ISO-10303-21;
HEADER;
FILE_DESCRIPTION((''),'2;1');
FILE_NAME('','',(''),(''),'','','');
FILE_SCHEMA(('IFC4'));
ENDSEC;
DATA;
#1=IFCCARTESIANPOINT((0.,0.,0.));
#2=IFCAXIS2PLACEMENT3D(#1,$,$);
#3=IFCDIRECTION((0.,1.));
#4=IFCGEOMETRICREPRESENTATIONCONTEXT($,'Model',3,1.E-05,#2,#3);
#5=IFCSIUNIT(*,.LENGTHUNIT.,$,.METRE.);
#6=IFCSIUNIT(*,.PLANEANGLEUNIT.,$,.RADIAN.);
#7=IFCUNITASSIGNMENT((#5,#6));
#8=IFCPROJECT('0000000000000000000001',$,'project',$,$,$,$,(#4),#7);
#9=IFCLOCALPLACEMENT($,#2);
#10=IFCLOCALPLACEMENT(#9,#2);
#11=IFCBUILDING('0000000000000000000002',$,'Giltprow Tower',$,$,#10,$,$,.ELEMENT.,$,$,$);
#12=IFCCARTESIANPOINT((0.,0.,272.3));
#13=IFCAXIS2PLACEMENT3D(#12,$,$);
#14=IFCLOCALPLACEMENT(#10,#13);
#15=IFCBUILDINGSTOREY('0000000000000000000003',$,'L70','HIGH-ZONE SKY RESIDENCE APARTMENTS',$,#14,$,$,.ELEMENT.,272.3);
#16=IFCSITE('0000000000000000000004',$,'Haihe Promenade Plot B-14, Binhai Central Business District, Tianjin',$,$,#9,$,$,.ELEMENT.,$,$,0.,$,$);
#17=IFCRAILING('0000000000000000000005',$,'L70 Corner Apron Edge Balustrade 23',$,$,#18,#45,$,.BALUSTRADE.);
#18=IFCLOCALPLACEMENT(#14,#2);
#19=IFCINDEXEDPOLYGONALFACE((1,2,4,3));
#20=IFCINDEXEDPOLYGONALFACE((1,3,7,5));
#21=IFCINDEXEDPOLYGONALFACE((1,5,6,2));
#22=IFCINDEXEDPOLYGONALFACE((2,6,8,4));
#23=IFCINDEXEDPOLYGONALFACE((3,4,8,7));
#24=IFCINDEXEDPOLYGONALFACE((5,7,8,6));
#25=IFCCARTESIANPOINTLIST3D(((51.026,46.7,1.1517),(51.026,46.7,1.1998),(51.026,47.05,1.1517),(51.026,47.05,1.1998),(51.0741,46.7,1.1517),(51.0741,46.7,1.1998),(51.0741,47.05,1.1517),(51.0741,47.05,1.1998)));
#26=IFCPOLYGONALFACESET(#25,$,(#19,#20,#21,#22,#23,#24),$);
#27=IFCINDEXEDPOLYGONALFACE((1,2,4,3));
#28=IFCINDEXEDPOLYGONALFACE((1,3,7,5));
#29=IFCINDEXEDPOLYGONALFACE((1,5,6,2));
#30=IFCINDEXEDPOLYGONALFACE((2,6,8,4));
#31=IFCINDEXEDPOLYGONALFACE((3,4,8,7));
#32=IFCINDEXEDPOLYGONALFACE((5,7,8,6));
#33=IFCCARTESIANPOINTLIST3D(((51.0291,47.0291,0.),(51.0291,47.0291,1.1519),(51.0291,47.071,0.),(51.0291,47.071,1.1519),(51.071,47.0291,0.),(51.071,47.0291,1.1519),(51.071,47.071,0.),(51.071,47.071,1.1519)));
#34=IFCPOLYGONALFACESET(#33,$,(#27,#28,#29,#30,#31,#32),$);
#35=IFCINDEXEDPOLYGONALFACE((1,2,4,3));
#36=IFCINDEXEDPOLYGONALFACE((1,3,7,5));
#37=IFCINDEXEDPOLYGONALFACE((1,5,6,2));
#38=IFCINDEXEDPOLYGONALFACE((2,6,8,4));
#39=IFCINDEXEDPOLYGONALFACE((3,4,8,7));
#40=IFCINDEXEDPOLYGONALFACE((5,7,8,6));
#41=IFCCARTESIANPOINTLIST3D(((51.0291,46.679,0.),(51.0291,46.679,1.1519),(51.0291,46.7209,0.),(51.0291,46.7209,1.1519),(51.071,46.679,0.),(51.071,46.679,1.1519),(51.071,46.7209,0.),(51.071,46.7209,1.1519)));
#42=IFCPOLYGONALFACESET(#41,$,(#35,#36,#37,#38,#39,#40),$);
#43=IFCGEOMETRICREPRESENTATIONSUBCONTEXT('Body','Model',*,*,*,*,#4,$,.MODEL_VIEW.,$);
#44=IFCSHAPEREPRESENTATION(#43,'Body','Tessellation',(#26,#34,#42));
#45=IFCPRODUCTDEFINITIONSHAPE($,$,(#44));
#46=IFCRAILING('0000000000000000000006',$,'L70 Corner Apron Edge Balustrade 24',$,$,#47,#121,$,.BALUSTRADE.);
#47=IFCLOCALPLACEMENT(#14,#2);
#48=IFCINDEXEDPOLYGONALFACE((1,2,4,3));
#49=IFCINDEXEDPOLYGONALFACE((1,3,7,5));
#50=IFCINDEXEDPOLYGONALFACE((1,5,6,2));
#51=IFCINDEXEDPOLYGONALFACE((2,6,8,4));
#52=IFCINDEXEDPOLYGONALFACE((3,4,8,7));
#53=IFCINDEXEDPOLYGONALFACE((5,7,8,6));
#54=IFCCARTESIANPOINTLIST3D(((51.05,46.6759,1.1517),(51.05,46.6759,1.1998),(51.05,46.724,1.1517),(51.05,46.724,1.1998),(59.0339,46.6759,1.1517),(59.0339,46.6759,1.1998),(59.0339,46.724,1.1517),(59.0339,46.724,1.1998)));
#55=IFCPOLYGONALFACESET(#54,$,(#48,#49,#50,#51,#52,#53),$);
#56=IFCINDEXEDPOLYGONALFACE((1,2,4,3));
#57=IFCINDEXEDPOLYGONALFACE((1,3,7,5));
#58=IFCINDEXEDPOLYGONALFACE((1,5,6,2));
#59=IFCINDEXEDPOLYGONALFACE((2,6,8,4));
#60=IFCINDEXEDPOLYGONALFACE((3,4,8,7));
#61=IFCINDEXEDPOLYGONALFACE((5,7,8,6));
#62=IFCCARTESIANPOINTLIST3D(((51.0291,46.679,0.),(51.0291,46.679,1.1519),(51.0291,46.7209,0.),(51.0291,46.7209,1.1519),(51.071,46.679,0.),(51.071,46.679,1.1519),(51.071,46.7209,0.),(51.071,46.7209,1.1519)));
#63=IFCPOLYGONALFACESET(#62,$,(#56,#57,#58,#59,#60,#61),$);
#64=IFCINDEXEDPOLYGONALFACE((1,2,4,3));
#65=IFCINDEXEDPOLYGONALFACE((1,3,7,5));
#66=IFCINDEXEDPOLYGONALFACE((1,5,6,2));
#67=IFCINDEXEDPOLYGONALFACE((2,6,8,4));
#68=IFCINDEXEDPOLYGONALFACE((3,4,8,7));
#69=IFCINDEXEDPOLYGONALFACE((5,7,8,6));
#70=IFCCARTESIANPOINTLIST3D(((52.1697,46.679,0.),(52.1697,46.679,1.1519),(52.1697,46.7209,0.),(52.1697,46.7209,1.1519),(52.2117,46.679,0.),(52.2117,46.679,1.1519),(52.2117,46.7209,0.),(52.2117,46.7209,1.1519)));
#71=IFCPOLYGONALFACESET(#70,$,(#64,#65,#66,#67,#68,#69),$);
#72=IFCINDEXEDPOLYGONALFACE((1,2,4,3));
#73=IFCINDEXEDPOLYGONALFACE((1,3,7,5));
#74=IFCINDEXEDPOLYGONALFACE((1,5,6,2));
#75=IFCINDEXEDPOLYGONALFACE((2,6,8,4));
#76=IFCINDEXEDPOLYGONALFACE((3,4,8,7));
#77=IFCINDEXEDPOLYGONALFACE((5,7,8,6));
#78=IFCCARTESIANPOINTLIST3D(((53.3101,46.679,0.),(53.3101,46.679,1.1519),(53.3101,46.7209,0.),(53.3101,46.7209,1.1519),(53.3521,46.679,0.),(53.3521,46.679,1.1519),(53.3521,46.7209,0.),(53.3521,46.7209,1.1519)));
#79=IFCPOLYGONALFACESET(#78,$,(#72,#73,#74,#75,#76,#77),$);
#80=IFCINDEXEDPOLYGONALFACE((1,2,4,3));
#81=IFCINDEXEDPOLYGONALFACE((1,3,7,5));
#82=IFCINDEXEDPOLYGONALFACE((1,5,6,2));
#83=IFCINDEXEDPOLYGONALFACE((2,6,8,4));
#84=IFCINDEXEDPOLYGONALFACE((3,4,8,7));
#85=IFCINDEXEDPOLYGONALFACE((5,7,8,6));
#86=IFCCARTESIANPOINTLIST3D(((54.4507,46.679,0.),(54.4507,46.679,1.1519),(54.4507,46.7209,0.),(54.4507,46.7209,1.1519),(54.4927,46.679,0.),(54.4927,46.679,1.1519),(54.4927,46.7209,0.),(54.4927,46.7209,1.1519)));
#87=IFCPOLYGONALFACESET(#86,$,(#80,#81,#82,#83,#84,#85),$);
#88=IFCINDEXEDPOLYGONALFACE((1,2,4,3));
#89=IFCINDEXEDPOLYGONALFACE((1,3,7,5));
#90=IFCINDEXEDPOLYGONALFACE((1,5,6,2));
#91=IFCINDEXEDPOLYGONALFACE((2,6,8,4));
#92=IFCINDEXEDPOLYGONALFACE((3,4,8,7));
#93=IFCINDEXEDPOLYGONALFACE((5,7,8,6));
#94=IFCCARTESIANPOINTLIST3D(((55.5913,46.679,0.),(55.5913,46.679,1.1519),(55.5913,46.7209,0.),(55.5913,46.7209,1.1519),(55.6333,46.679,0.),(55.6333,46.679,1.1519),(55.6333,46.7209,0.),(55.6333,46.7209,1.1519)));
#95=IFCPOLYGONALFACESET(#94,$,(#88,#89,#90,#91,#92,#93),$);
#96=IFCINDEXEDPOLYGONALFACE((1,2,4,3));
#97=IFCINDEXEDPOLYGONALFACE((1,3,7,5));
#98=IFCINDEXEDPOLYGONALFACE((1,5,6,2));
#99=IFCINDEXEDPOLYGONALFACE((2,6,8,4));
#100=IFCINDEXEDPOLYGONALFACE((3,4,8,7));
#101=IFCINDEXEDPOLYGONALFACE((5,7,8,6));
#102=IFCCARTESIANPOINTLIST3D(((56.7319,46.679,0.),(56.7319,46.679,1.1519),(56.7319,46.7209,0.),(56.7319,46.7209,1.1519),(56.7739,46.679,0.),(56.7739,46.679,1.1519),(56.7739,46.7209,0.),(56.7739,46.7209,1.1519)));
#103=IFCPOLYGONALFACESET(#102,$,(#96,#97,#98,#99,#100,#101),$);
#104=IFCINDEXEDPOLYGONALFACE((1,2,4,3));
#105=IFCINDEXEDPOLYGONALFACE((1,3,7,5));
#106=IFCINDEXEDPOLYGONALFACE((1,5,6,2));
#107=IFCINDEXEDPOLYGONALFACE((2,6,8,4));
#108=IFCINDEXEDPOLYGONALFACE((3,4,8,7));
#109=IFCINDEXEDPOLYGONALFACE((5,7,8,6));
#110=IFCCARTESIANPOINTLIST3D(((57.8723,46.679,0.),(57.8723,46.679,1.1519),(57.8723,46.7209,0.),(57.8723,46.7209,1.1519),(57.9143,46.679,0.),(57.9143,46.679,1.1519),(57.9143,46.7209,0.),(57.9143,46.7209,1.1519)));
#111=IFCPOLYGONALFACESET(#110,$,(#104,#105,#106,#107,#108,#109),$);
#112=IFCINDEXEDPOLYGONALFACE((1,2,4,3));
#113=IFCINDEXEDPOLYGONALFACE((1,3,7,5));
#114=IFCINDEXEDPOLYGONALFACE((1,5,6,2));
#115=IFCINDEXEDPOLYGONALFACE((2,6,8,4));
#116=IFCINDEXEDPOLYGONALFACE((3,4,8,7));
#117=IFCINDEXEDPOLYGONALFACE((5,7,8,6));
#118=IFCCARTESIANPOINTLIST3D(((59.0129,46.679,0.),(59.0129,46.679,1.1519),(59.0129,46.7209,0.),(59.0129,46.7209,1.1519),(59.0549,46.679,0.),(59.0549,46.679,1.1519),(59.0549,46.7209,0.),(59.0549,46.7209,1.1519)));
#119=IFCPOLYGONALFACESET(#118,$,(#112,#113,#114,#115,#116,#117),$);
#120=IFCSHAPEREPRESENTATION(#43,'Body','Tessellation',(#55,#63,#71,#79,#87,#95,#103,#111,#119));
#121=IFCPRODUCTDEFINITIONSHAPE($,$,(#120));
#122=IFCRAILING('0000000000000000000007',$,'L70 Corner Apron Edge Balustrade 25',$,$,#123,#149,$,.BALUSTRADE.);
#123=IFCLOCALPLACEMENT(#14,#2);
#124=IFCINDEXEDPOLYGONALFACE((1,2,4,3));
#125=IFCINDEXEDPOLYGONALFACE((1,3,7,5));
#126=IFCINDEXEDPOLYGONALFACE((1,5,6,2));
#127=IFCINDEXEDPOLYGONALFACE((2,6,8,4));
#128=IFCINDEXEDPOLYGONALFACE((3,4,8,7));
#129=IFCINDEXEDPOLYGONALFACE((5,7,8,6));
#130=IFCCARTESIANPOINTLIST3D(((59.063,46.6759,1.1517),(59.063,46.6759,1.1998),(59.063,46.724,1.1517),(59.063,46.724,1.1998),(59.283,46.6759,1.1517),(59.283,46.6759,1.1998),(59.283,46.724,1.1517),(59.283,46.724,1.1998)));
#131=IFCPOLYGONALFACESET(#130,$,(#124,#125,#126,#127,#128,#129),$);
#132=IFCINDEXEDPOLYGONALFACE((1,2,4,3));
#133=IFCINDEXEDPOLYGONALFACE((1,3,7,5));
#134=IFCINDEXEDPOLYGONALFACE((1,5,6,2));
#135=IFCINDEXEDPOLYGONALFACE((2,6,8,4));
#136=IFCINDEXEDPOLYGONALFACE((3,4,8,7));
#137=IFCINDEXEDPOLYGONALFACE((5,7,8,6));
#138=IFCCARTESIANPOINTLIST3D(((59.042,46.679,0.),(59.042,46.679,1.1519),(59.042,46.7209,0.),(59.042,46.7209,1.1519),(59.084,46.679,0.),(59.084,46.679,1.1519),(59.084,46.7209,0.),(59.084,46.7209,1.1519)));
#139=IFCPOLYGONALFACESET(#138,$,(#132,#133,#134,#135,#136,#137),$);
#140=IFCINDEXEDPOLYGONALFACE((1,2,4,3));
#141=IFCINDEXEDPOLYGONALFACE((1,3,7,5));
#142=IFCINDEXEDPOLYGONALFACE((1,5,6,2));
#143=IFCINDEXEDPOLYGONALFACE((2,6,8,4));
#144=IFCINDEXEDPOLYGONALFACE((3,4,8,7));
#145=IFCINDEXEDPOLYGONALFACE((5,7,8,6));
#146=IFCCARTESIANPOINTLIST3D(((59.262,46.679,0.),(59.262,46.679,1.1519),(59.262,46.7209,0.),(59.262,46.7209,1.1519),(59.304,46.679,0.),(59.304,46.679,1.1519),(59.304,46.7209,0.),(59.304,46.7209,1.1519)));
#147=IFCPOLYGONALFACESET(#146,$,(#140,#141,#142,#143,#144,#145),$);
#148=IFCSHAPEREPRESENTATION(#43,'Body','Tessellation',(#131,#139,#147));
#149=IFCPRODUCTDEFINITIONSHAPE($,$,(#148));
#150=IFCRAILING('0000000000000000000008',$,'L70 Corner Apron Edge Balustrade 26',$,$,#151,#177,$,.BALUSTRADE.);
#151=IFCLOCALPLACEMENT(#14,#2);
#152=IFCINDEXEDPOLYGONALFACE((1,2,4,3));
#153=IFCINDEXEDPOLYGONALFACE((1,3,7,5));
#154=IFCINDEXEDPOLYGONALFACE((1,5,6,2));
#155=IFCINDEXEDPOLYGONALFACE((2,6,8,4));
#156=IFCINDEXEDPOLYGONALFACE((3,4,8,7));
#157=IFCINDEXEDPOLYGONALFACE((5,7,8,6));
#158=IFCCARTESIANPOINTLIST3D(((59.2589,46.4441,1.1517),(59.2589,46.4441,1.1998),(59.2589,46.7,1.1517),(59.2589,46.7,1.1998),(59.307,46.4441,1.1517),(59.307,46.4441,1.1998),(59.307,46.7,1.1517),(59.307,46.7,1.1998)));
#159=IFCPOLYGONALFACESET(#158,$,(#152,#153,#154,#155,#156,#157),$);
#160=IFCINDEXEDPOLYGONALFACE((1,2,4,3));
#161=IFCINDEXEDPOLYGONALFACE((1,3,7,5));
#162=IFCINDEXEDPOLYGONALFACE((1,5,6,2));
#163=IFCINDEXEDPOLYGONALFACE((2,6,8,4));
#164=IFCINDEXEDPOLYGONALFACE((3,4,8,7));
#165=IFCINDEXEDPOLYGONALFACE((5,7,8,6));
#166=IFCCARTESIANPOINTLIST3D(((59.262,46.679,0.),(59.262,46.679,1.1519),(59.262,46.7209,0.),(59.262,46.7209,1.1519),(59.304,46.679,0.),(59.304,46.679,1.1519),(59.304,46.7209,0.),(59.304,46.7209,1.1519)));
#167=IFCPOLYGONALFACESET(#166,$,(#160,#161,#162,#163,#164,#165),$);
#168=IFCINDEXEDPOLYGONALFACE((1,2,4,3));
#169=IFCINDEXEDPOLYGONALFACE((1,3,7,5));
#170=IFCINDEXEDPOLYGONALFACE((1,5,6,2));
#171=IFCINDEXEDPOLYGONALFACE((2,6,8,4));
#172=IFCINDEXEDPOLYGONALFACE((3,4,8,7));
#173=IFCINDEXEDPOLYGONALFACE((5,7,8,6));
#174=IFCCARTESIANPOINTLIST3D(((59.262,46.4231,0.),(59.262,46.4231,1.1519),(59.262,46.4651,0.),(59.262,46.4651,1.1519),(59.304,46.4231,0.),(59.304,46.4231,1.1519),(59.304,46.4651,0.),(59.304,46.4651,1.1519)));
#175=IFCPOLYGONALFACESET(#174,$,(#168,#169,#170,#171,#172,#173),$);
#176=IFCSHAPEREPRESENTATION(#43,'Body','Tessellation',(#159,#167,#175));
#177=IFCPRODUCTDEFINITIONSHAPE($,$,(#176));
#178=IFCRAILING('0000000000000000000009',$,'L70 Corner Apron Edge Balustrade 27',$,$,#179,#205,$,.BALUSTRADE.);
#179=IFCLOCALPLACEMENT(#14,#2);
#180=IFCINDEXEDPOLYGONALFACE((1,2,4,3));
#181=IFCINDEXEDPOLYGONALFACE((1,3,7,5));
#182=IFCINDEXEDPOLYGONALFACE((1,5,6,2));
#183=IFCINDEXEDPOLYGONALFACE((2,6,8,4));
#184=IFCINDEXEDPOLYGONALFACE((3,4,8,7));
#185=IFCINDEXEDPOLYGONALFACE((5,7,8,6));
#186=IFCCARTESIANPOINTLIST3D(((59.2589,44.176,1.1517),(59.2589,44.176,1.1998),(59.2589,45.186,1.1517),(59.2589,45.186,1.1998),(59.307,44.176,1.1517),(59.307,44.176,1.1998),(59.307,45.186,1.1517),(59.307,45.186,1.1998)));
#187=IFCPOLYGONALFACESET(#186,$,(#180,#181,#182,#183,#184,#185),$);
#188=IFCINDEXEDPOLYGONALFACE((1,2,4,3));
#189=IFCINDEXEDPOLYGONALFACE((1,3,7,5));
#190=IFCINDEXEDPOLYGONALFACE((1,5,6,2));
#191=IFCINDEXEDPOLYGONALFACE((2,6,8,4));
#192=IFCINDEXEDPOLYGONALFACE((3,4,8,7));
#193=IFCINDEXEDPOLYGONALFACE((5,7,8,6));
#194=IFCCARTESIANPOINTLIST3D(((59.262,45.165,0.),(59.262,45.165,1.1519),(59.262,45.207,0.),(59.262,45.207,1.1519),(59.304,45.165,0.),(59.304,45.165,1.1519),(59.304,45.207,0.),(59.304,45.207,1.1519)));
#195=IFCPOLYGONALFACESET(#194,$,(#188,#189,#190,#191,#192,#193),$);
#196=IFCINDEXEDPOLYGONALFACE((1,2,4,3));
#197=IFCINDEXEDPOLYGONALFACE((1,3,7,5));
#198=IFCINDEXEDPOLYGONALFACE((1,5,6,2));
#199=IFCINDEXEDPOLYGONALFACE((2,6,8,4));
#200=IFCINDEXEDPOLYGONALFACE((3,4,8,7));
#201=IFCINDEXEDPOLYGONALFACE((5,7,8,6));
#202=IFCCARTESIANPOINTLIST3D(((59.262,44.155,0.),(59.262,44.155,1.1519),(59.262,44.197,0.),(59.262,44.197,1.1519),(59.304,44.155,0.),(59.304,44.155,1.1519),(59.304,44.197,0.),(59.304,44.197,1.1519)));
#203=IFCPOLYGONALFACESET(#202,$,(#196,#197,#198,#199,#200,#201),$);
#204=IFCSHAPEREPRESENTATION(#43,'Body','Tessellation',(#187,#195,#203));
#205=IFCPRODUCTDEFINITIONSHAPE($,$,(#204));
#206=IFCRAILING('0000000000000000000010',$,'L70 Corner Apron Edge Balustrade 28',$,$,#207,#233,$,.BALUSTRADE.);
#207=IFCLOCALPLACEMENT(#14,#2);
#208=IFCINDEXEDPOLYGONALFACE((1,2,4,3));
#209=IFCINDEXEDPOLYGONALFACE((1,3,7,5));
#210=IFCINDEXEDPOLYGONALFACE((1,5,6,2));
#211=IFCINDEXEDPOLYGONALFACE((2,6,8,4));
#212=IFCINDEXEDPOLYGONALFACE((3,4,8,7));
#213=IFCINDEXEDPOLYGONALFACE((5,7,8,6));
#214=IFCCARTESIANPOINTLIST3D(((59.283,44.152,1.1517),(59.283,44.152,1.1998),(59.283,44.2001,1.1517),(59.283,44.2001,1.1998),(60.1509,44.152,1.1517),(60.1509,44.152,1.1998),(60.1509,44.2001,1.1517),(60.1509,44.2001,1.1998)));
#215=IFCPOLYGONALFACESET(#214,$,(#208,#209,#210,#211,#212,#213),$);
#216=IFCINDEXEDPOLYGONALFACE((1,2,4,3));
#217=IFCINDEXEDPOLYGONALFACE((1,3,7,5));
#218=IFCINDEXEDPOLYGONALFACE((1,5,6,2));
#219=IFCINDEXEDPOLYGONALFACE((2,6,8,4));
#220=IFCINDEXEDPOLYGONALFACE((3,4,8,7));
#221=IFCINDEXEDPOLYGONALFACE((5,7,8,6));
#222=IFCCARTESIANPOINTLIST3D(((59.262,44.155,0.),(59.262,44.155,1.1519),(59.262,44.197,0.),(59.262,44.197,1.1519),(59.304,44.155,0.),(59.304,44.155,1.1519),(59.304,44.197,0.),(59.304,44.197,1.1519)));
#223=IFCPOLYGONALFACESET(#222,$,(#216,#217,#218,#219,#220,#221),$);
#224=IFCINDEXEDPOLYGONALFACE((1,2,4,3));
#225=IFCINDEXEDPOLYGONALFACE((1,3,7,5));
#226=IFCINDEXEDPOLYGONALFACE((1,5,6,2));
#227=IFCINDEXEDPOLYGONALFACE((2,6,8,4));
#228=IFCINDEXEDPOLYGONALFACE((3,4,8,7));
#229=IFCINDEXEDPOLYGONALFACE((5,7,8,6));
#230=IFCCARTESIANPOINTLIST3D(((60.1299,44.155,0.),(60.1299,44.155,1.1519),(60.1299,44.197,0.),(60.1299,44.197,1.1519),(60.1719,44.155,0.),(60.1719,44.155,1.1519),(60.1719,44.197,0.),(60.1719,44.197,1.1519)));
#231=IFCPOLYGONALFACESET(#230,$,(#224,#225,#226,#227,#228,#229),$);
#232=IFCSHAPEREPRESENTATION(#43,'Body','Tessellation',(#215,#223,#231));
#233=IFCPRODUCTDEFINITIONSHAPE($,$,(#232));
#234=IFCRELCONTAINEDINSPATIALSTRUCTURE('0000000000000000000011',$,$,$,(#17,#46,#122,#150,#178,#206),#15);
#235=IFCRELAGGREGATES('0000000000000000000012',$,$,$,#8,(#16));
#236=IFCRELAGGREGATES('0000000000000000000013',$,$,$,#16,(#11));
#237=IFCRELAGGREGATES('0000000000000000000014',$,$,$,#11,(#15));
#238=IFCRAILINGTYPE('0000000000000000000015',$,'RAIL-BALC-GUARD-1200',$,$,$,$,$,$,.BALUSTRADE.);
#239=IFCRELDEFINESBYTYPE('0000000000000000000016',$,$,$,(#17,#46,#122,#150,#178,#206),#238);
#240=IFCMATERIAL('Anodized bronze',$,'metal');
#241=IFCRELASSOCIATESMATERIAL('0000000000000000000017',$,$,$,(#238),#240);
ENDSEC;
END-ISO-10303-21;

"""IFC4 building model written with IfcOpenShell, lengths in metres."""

from ifc_helpers import new_model, si_unit, direction, frame, origin, origin_2d, place, context, subcontext, project, spatial, rectangle, extrude, material, type_object, element, save


model = new_model("IFC4")

# Units and contexts
model_context = context("Model", 3, precision=1e-05, world=origin(), true_north=direction((0.0, 1.0)))
body_context = subcontext(model_context, "Body", "Model", "MODEL_VIEW")
ifc_project = project(units=[si_unit("LENGTHUNIT", "METRE"), si_unit("PLANEANGLEUNIT", "RADIAN")], contexts=[model_context])

# Site, building, storey
site_placement = place(None, origin())
site = spatial("IfcSite", under=ifc_project, at=site_placement, Name="Haihe Promenade Plot B-14, Binhai Central Business District, Tianjin", CompositionType="ELEMENT", RefElevation=0.0)
building_placement = place(site_placement, origin())
building = spatial("IfcBuilding", under=site, at=building_placement, Name="Giltprow Tower", CompositionType="ELEMENT")
storey_placement = place(building_placement, frame((0.0, 0.0, 272.3)))
storey = spatial("IfcBuildingStorey", under=building, at=storey_placement, Name="L70", Description="HIGH-ZONE SKY RESIDENCE APARTMENTS", CompositionType="ELEMENT", Elevation=272.3)

# Railings
ifc_material_1 = material(Name="Anodized bronze", Category="metal")
railing_type_1 = type_object("IfcRailingType", Name="RAIL-BALC-GUARD-1200", PredefinedType="BALUSTRADE", material=ifc_material_1)
railing_1_placement = place(storey_placement, frame((51.05, 47.05, 0.0)))
element("IfcRailing", 1, at=railing_1_placement, inside=storey, type_object=railing_type_1, Name="L70 Corner Apron Edge Balustrade 23", PredefinedType="BALUSTRADE", context=body_context, shape_type="SweptSolid", body=[
    extrude(rectangle(XDim=0.0481, YDim=0.0481, at=origin_2d()), frame((0.0, 0.0, 1.1758), z_axis=(0.0, -1.0, 0.0), x_axis=(1.0, 0.0, 0.0)), (0.0, 0.0, 1.0), 0.3501),
    extrude(rectangle(XDim=0.042, YDim=0.042, at=origin_2d()), origin(), (0.0, 0.0, 1.0), 1.1519),
    extrude(rectangle(XDim=0.042, YDim=0.042, at=origin_2d()), frame((0.0, -0.3501, 0.0)), (0.0, 0.0, 1.0), 1.1519),
])
railing_2_placement = place(storey_placement, frame((51.05, 46.7, 0.0)))
element("IfcRailing", 2, at=railing_2_placement, inside=storey, type_object=railing_type_1, Name="L70 Corner Apron Edge Balustrade 24", PredefinedType="BALUSTRADE", context=body_context, shape_type="SweptSolid", body=[
    extrude(rectangle(XDim=0.0481, YDim=0.0481, at=origin_2d()), frame((0.0, 0.0, 1.1758), z_axis=(1.0, 0.0, 0.0), x_axis=(0.0, 1.0, 0.0)), (0.0, 0.0, 1.0), 7.9839),
    extrude(rectangle(XDim=0.042, YDim=0.042, at=origin_2d()), origin(), (0.0, 0.0, 1.0), 1.1519),
    extrude(rectangle(XDim=0.042, YDim=0.042, at=origin_2d()), frame((1.1406, 0.0, 0.0)), (0.0, 0.0, 1.0), 1.1519),
    extrude(rectangle(XDim=0.042, YDim=0.042, at=origin_2d()), frame((2.281, 0.0, 0.0)), (0.0, 0.0, 1.0), 1.1519),
    extrude(rectangle(XDim=0.042, YDim=0.042, at=origin_2d()), frame((3.4216, 0.0, 0.0)), (0.0, 0.0, 1.0), 1.1519),
    extrude(rectangle(XDim=0.042, YDim=0.042, at=origin_2d()), frame((4.5623, 0.0, 0.0)), (0.0, 0.0, 1.0), 1.1519),
    extrude(rectangle(XDim=0.042, YDim=0.042, at=origin_2d()), frame((5.7029, 0.0, 0.0)), (0.0, 0.0, 1.0), 1.1519),
    extrude(rectangle(XDim=0.042, YDim=0.042, at=origin_2d()), frame((6.8433, 0.0, 0.0)), (0.0, 0.0, 1.0), 1.1519),
    extrude(rectangle(XDim=0.042, YDim=0.042, at=origin_2d()), frame((7.9839, 0.0, 0.0)), (0.0, 0.0, 1.0), 1.1519),
])
railing_3_placement = place(storey_placement, frame((59.063, 46.7, 0.0)))
element("IfcRailing", 3, at=railing_3_placement, inside=storey, type_object=railing_type_1, Name="L70 Corner Apron Edge Balustrade 25", PredefinedType="BALUSTRADE", context=body_context, shape_type="SweptSolid", body=[
    extrude(rectangle(XDim=0.0481, YDim=0.0481, at=origin_2d()), frame((0.0, 0.0, 1.1758), z_axis=(1.0, 0.0, 0.0), x_axis=(0.0, 1.0, 0.0)), (0.0, 0.0, 1.0), 0.22),
    extrude(rectangle(XDim=0.042, YDim=0.042, at=origin_2d()), origin(), (0.0, 0.0, 1.0), 1.1519),
    extrude(rectangle(XDim=0.042, YDim=0.042, at=origin_2d()), frame((0.22, 0.0, 0.0)), (0.0, 0.0, 1.0), 1.1519),
])
railing_4_placement = place(storey_placement, frame((59.283, 46.7, 0.0)))
element("IfcRailing", 4, at=railing_4_placement, inside=storey, type_object=railing_type_1, Name="L70 Corner Apron Edge Balustrade 26", PredefinedType="BALUSTRADE", context=body_context, shape_type="SweptSolid", body=[
    extrude(rectangle(XDim=0.0481, YDim=0.0481, at=origin_2d()), frame((0.0, 0.0, 1.1758), z_axis=(0.0, -1.0, 0.0), x_axis=(1.0, 0.0, 0.0)), (0.0, 0.0, 1.0), 0.2559),
    extrude(rectangle(XDim=0.042, YDim=0.042, at=origin_2d()), origin(), (0.0, 0.0, 1.0), 1.1519),
    extrude(rectangle(XDim=0.042, YDim=0.042, at=origin_2d()), frame((0.0, -0.2559, 0.0)), (0.0, 0.0, 1.0), 1.1519),
])
railing_5_placement = place(storey_placement, frame((59.283, 45.186, 0.0)))
element("IfcRailing", 5, at=railing_5_placement, inside=storey, type_object=railing_type_1, Name="L70 Corner Apron Edge Balustrade 27", PredefinedType="BALUSTRADE", context=body_context, shape_type="SweptSolid", body=[
    extrude(rectangle(XDim=0.0481, YDim=0.0481, at=origin_2d()), frame((0.0, 0.0, 1.1758), z_axis=(0.0, -1.0, 0.0), x_axis=(1.0, 0.0, 0.0)), (0.0, 0.0, 1.0), 1.01),
    extrude(rectangle(XDim=0.042, YDim=0.042, at=origin_2d()), origin(), (0.0, 0.0, 1.0), 1.1519),
    extrude(rectangle(XDim=0.042, YDim=0.042, at=origin_2d()), frame((0.0, -1.01, 0.0)), (0.0, 0.0, 1.0), 1.1519),
])
railing_6_placement = place(storey_placement, frame((59.283, 44.176, 0.0)))
element("IfcRailing", 6, at=railing_6_placement, inside=storey, type_object=railing_type_1, Name="L70 Corner Apron Edge Balustrade 28", PredefinedType="BALUSTRADE", context=body_context, shape_type="SweptSolid", body=[
    extrude(rectangle(XDim=0.0481, YDim=0.0481, at=origin_2d()), frame((0.0, 0.0, 1.1758), z_axis=(1.0, 0.0, 0.0), x_axis=(0.0, 1.0, 0.0)), (0.0, 0.0, 1.0), 0.8679),
    extrude(rectangle(XDim=0.042, YDim=0.042, at=origin_2d()), origin(), (0.0, 0.0, 1.0), 1.1519),
    extrude(rectangle(XDim=0.042, YDim=0.042, at=origin_2d()), frame((0.8679, 0.0, 0.0)), (0.0, 0.0, 1.0), 1.1519),
])

save(model, "model.ifc")
